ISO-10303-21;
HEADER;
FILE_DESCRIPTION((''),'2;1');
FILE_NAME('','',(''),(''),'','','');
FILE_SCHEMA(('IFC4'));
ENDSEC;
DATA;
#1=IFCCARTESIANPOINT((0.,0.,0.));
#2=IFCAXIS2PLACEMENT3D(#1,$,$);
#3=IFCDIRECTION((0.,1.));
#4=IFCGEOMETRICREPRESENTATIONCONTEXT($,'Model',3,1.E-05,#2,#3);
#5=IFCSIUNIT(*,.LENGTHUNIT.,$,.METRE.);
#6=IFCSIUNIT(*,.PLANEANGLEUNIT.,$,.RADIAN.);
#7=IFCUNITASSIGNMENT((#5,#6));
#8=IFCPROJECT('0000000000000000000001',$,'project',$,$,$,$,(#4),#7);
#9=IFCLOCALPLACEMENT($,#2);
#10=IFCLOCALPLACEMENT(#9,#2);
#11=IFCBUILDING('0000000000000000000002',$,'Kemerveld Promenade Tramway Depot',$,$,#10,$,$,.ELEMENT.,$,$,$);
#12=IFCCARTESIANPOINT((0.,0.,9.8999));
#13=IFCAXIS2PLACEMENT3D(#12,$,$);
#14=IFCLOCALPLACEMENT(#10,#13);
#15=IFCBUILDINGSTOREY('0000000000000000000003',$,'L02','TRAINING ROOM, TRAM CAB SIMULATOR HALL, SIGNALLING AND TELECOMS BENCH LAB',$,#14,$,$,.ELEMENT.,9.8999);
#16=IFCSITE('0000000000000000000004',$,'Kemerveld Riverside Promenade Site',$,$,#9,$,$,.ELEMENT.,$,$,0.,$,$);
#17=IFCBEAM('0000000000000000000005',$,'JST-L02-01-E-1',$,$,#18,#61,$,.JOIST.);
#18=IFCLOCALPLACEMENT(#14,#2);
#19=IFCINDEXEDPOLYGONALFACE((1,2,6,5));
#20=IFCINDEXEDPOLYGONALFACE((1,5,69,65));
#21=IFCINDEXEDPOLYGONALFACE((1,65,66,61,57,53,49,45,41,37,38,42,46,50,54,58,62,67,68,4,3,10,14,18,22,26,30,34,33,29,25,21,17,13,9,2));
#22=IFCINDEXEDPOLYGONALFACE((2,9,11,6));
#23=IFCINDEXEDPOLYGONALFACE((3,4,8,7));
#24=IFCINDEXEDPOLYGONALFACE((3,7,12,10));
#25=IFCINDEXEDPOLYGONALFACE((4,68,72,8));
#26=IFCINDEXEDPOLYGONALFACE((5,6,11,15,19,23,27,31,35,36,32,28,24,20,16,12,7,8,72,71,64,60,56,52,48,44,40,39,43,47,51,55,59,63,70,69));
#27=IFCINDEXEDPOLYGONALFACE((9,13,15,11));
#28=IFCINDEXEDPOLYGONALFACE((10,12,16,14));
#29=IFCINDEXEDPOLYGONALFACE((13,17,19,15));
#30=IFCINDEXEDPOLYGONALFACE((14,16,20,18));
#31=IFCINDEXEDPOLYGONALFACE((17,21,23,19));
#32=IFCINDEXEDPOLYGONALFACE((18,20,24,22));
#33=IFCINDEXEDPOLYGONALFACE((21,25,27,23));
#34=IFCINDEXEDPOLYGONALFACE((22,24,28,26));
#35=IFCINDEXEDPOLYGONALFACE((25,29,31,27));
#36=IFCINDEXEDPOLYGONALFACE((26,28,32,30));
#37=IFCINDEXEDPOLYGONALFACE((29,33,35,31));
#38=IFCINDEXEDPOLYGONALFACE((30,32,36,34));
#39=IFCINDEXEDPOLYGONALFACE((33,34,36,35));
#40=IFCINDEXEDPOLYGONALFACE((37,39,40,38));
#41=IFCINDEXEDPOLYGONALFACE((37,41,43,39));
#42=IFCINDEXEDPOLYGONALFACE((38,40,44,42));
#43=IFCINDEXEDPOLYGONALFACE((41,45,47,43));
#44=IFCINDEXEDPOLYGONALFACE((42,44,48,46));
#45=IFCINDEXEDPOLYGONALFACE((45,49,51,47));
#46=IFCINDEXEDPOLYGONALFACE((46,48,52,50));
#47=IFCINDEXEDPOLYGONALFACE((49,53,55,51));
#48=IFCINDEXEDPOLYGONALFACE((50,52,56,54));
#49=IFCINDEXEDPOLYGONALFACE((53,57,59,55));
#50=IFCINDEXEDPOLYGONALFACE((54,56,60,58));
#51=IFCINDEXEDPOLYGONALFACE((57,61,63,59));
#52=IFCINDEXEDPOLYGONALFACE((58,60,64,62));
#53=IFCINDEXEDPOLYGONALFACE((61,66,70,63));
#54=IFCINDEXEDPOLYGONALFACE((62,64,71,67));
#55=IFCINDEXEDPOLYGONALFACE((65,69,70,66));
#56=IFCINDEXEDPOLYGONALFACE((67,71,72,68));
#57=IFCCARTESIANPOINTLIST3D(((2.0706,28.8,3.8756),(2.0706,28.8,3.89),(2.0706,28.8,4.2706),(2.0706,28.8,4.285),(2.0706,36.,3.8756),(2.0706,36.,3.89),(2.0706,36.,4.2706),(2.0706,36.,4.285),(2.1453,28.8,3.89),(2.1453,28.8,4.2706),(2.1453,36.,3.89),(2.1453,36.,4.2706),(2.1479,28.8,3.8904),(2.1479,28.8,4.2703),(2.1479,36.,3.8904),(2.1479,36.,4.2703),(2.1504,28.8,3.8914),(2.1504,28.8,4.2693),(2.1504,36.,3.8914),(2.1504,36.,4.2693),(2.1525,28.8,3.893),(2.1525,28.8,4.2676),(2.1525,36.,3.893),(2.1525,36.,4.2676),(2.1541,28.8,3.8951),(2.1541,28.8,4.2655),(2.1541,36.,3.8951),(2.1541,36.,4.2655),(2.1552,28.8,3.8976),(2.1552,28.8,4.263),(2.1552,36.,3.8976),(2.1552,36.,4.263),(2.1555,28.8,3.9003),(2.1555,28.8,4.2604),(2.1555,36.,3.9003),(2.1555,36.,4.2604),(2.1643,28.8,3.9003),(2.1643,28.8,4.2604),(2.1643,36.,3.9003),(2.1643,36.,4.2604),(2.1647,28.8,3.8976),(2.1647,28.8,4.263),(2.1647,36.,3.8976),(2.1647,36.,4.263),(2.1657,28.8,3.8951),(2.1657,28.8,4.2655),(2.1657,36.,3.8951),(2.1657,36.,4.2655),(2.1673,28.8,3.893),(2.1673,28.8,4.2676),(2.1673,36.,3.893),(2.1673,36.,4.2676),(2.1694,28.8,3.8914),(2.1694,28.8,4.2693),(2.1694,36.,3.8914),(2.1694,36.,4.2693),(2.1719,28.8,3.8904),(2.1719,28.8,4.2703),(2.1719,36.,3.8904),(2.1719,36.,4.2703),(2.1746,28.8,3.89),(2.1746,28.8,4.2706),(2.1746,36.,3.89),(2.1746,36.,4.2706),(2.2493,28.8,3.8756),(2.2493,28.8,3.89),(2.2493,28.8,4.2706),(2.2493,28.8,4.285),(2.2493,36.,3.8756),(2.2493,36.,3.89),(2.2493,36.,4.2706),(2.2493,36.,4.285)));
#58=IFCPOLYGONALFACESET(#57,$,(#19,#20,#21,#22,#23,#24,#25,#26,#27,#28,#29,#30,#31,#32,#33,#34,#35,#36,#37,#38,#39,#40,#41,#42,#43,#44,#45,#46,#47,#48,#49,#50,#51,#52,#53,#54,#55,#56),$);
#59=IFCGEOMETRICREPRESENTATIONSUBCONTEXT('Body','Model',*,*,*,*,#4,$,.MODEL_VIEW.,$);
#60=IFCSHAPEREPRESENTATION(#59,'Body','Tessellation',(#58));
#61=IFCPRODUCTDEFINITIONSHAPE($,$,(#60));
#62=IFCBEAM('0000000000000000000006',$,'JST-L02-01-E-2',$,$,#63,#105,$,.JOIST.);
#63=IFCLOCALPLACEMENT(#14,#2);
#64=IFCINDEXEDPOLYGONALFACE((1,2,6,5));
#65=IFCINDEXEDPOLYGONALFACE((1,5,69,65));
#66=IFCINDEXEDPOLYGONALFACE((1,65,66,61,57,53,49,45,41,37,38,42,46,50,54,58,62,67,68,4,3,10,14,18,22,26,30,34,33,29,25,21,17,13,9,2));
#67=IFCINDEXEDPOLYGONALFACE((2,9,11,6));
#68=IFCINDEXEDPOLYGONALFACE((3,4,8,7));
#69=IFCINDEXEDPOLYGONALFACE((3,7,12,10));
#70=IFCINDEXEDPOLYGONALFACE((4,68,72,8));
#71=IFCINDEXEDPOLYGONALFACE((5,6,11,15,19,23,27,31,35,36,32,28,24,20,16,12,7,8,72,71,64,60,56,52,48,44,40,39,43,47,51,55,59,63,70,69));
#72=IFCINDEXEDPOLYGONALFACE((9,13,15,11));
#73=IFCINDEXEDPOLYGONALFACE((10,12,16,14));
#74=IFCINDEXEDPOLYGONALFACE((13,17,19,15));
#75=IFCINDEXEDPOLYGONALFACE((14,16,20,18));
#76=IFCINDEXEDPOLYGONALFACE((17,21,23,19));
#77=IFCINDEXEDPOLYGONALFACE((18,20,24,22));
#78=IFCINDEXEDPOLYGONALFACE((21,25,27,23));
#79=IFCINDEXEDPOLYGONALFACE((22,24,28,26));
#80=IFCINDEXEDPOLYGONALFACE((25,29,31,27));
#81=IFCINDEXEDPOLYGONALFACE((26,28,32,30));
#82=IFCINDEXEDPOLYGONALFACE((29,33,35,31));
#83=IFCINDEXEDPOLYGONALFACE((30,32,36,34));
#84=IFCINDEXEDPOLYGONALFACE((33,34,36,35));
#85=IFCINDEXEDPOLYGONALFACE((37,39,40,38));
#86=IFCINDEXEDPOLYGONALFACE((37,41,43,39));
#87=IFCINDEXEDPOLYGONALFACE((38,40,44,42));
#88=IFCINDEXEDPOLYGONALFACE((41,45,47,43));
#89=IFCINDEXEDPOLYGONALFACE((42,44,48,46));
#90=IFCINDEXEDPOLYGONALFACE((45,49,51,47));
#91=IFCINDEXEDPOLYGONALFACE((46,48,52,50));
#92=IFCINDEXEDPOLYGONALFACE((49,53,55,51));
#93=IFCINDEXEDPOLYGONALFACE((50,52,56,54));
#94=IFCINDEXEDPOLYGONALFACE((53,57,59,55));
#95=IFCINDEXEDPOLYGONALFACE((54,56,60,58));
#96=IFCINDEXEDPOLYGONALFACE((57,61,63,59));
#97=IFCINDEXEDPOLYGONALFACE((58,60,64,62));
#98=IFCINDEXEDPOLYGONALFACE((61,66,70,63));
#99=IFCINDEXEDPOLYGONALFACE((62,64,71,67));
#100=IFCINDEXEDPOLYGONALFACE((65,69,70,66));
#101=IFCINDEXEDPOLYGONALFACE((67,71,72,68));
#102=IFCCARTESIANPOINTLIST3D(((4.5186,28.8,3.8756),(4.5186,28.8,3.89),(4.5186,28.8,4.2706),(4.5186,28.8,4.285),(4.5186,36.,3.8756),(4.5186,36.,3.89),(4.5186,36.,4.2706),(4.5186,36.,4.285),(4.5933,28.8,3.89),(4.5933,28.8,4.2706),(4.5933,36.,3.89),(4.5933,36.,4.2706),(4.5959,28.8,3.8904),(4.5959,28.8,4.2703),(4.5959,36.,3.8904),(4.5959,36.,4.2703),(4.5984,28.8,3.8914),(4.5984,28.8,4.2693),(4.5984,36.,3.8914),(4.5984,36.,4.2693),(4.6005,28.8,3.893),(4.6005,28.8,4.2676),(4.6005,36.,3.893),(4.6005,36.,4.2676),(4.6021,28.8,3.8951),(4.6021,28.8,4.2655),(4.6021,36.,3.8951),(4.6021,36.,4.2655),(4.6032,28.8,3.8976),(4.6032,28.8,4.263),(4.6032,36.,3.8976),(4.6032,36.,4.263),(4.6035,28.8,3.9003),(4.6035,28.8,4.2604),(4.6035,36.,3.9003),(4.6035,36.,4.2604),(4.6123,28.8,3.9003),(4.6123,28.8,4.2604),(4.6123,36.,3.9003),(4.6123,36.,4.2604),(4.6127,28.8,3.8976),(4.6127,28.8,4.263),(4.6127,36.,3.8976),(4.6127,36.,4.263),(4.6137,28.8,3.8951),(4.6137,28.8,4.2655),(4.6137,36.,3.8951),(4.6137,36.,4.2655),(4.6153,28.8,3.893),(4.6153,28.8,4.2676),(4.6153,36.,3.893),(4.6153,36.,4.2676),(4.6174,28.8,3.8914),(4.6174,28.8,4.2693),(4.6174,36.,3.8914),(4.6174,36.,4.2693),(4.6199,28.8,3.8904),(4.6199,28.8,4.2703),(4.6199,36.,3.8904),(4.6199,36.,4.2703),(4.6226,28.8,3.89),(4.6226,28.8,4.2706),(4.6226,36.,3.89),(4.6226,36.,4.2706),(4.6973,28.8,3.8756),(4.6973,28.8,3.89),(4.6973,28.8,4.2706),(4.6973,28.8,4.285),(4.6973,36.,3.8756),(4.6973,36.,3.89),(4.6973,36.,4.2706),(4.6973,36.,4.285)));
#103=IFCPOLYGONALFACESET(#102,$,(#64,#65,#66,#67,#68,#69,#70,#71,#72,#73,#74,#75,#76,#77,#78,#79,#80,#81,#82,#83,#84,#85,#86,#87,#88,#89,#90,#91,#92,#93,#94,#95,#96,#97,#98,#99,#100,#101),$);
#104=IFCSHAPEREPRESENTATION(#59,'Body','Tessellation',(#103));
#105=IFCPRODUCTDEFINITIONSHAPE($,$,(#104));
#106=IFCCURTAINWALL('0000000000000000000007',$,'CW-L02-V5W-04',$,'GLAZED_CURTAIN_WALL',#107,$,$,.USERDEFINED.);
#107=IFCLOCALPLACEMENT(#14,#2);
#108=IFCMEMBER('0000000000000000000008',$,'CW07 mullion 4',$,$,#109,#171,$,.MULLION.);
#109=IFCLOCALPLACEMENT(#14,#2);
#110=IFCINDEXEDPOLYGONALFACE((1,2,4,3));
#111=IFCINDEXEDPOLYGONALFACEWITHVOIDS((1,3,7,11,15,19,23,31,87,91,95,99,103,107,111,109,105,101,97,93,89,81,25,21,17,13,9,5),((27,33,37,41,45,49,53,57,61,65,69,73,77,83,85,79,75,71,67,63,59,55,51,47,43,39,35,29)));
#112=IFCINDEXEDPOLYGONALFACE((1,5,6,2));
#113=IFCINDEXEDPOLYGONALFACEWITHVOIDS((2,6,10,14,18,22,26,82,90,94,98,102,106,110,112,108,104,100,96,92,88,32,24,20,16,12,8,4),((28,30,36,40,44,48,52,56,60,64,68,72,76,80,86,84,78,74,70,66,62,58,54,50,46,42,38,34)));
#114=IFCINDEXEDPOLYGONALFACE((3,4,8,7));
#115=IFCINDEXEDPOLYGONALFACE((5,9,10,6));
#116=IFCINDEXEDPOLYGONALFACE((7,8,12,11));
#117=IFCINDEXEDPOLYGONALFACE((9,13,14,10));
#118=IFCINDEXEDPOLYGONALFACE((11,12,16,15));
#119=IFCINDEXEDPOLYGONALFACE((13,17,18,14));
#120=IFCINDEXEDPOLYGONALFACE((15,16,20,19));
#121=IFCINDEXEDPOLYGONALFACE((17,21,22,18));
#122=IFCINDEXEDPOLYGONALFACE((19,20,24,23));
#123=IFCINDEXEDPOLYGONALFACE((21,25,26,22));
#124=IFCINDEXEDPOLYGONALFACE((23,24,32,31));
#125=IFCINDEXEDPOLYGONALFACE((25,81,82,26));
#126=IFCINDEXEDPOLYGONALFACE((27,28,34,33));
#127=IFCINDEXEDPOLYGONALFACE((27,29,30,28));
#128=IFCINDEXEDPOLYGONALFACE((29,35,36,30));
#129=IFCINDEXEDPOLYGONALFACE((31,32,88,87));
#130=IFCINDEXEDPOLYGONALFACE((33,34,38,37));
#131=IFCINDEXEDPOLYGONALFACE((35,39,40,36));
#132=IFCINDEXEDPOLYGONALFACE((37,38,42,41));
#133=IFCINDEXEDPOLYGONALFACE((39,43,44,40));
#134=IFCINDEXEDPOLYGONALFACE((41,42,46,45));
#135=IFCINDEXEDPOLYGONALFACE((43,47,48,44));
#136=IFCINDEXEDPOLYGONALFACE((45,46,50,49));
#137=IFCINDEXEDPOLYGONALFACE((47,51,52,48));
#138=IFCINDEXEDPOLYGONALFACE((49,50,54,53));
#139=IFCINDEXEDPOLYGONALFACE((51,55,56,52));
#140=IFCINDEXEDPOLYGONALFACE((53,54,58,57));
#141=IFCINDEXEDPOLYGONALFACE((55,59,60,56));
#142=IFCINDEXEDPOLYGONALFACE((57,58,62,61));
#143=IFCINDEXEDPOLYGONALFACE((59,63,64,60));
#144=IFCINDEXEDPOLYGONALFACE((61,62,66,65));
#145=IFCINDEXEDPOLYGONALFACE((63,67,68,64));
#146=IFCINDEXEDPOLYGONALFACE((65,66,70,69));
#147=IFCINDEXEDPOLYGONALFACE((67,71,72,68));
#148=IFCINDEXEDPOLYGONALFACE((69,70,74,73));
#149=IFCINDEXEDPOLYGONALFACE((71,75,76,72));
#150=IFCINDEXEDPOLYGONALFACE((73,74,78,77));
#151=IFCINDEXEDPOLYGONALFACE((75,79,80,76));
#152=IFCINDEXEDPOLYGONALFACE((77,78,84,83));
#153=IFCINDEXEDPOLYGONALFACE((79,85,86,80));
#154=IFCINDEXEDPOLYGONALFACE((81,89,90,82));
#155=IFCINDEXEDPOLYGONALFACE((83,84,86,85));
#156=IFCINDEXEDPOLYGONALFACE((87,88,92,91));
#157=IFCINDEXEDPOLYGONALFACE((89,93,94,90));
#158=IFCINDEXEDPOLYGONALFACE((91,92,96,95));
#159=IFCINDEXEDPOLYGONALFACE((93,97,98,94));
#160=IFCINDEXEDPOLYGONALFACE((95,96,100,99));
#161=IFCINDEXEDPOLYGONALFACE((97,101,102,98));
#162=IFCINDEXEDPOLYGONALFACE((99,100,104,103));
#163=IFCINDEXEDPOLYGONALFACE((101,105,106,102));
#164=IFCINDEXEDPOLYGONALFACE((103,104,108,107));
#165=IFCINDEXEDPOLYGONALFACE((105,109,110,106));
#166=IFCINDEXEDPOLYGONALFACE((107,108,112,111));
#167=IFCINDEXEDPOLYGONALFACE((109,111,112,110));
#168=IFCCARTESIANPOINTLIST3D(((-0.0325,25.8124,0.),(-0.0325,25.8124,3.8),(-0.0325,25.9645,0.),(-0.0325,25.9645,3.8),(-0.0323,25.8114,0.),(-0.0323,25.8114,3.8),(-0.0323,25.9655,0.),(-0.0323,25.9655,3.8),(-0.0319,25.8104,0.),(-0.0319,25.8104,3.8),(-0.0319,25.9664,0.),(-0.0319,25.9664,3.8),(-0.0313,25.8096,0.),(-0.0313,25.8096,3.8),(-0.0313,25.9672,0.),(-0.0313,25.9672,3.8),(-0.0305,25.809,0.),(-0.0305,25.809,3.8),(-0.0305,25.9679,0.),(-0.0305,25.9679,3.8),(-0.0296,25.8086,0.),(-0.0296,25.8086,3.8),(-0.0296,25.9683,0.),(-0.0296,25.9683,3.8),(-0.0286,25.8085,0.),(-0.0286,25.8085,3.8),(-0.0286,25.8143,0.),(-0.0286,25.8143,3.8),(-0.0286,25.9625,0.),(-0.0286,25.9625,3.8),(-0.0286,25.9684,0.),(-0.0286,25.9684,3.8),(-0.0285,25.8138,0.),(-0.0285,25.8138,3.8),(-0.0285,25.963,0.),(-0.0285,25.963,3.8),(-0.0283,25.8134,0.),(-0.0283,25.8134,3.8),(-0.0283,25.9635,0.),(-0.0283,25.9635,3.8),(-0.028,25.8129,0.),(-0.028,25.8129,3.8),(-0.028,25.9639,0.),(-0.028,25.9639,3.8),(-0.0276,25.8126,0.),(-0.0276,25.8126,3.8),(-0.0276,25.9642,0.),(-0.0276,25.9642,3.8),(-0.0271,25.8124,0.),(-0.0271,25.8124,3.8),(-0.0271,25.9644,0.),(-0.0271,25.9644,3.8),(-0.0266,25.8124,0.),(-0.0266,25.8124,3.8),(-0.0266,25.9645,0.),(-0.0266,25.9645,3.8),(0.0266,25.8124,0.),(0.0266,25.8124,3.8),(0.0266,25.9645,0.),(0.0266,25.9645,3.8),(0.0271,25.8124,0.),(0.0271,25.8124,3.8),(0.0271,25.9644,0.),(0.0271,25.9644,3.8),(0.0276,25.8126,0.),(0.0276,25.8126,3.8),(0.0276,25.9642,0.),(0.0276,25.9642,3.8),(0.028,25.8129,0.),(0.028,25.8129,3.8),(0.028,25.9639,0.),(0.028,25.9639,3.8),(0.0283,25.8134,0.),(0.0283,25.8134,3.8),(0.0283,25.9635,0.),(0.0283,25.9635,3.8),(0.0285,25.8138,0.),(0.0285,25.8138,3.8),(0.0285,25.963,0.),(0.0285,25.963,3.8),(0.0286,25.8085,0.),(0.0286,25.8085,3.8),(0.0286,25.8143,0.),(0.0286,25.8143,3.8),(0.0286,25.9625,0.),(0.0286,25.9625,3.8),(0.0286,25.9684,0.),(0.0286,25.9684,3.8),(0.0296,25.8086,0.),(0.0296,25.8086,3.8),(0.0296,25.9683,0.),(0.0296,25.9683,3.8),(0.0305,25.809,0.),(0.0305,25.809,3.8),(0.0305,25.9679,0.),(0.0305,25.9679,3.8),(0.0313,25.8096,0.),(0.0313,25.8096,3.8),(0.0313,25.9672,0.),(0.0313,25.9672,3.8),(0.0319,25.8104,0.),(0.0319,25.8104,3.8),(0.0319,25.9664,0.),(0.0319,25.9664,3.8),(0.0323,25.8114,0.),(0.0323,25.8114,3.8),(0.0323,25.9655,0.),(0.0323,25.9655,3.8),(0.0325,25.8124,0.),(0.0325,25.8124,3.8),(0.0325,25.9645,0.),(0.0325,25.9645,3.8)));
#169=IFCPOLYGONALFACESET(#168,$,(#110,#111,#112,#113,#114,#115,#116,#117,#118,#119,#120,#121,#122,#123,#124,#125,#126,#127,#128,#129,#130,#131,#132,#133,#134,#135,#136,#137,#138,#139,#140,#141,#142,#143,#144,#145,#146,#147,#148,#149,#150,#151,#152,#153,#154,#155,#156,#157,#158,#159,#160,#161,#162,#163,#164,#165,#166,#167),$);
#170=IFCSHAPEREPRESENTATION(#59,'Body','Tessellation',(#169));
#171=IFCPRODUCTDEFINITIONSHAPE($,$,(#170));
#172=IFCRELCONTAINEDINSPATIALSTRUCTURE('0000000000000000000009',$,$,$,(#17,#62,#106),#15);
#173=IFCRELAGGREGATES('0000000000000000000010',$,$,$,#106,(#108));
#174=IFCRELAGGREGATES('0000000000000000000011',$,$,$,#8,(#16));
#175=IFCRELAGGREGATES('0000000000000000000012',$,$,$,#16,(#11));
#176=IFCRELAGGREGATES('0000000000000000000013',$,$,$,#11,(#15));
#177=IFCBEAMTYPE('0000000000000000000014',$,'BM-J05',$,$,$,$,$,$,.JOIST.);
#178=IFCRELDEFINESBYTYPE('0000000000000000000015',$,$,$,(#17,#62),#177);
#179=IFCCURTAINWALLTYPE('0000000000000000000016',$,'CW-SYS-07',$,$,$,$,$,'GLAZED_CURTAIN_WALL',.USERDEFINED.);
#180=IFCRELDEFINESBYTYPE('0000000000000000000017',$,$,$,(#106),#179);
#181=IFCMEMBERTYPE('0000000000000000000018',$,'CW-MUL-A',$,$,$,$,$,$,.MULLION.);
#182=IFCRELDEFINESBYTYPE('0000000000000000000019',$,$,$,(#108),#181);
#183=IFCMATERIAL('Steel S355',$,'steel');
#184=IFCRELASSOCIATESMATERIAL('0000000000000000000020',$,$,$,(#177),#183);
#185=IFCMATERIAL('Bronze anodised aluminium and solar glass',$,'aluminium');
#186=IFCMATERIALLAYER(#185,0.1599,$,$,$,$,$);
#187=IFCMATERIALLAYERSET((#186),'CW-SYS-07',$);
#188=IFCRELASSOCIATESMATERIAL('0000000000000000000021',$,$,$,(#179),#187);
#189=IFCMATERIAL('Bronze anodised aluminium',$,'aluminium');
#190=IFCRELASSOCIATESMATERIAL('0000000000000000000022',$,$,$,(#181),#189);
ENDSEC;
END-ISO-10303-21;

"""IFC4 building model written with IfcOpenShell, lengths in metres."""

from ifc_helpers import new_model, si_unit, direction, frame, origin, origin_2d, place, context, subcontext, project, spatial, hollow_rectangle, i_section, extrude, material, layer, layer_set, material_profile, profile_set, type_object, element, aggregate, save


model = new_model("IFC4")

# Units and contexts
model_context = context("Model", 3, precision=1e-05, world=origin(), true_north=direction((0.0, 1.0)))
body_context = subcontext(model_context, "Body", "Model", "MODEL_VIEW")
ifc_project = project(units=[si_unit("LENGTHUNIT", "METRE"), si_unit("PLANEANGLEUNIT", "RADIAN")], contexts=[model_context])

# Site, building, storey
site_placement = place(None, origin())
site = spatial("IfcSite", under=ifc_project, at=site_placement, Name="Kemerveld Riverside Promenade Site", CompositionType="ELEMENT", RefElevation=0.0)
building_placement = place(site_placement, origin())
building = spatial("IfcBuilding", under=site, at=building_placement, Name="Kemerveld Promenade Tramway Depot", CompositionType="ELEMENT")
storey_placement = place(building_placement, frame((0.0, 0.0, 9.8999)))
storey = spatial("IfcBuildingStorey", under=building, at=storey_placement, Name="L02", Description="TRAINING ROOM, TRAM CAB SIMULATOR HALL, SIGNALLING AND TELECOMS BENCH LAB", CompositionType="ELEMENT", Elevation=9.8999)

# Shared definitions
ifc_material_1 = material(Name="Steel S355", Category="steel")

# Beams
ifc_material_profile_1 = material_profile(ifc_material_1, i_section(OverallWidth=0.1787, OverallDepth=0.4094, WebThickness=0.0088, FlangeThickness=0.0144, FilletRadius=0.0103, at=origin_2d()), Name="406x178x67 UB")
ifc_profile_set_1 = profile_set([ifc_material_profile_1], Name="Steel S355")
beam_type_1 = type_object("IfcBeamType", Name="BM-J05", PredefinedType="JOIST", material=ifc_profile_set_1)
for number, where, z_axis, x_axis, name in (
    (1, (2.1599, 28.8, 4.0803), (0.0, 1.0, 0.0), (-1.0, 0.0, 0.0), "JST-L02-01-E-1"),
    (2, (4.6079, 28.8, 4.0803), (0.0, 1.0, 0.0), (-1.0, 0.0, 0.0), "JST-L02-01-E-2"),
):
    element("IfcBeam", number, at=place(storey_placement, frame(where, z_axis=z_axis, x_axis=x_axis)), inside=storey, type_object=beam_type_1, Name=name, PredefinedType="JOIST", context=body_context, shape_type="SweptSolid", body=[
        extrude(i_section(OverallWidth=0.1787, OverallDepth=0.4094, WebThickness=0.0088, FlangeThickness=0.0144, FilletRadius=0.0103, at=origin_2d()), origin(), (0.0, 0.0, 1.0), 7.2),
    ])

# Curtain wall, member
ifc_material_2 = material(Name="Bronze anodised aluminium and solar glass", Category="aluminium")
ifc_layer_1 = layer(ifc_material_2, 0.1599)
ifc_layer_set_1 = layer_set([ifc_layer_1], Name="CW-SYS-07")
curtain_wall_type = type_object("IfcCurtainWallType", Name="CW-SYS-07", ElementType="GLAZED_CURTAIN_WALL", PredefinedType="USERDEFINED", material=ifc_layer_set_1)
curtain_wall_placement = place(storey_placement, origin())
curtain_wall = element("IfcCurtainWall", 3, at=curtain_wall_placement, inside=storey, type_object=curtain_wall_type, Name="CW-L02-V5W-04", ObjectType="GLAZED_CURTAIN_WALL", PredefinedType="USERDEFINED")
ifc_material_3 = material(Name="Bronze anodised aluminium", Category="aluminium")
ifc_material_profile_2 = material_profile(ifc_material_3, hollow_rectangle(XDim=0.0649, YDim=0.1599, WallThickness=0.0039, InnerFilletRadius=0.002, OuterFilletRadius=0.0039, at=origin_2d()), Name="CW-MUL-160x65")
ifc_profile_set_2 = profile_set([ifc_material_profile_2], Name="Bronze anodised aluminium")
member_type_1 = type_object("IfcMemberType", Name="CW-MUL-A", PredefinedType="MULLION", material=ifc_profile_set_2)
member_1_placement = place(storey_placement, frame((0.0, 25.8884, 0.0), z_axis=(0.0, 0.0, 1.0), x_axis=(-1.0, 0.0, 0.0)))
member_1 = element("IfcMember", 4, at=member_1_placement, type_object=member_type_1, Name="CW07 mullion 4", PredefinedType="MULLION", context=body_context, shape_type="SweptSolid", body=[
    extrude(hollow_rectangle(XDim=0.0649, YDim=0.1599, WallThickness=0.0039, InnerFilletRadius=0.002, OuterFilletRadius=0.0039, at=origin_2d()), origin(), (0.0, 0.0, 1.0), 3.8),
])
aggregate(curtain_wall, [member_1])

save(model, "model.ifc")
